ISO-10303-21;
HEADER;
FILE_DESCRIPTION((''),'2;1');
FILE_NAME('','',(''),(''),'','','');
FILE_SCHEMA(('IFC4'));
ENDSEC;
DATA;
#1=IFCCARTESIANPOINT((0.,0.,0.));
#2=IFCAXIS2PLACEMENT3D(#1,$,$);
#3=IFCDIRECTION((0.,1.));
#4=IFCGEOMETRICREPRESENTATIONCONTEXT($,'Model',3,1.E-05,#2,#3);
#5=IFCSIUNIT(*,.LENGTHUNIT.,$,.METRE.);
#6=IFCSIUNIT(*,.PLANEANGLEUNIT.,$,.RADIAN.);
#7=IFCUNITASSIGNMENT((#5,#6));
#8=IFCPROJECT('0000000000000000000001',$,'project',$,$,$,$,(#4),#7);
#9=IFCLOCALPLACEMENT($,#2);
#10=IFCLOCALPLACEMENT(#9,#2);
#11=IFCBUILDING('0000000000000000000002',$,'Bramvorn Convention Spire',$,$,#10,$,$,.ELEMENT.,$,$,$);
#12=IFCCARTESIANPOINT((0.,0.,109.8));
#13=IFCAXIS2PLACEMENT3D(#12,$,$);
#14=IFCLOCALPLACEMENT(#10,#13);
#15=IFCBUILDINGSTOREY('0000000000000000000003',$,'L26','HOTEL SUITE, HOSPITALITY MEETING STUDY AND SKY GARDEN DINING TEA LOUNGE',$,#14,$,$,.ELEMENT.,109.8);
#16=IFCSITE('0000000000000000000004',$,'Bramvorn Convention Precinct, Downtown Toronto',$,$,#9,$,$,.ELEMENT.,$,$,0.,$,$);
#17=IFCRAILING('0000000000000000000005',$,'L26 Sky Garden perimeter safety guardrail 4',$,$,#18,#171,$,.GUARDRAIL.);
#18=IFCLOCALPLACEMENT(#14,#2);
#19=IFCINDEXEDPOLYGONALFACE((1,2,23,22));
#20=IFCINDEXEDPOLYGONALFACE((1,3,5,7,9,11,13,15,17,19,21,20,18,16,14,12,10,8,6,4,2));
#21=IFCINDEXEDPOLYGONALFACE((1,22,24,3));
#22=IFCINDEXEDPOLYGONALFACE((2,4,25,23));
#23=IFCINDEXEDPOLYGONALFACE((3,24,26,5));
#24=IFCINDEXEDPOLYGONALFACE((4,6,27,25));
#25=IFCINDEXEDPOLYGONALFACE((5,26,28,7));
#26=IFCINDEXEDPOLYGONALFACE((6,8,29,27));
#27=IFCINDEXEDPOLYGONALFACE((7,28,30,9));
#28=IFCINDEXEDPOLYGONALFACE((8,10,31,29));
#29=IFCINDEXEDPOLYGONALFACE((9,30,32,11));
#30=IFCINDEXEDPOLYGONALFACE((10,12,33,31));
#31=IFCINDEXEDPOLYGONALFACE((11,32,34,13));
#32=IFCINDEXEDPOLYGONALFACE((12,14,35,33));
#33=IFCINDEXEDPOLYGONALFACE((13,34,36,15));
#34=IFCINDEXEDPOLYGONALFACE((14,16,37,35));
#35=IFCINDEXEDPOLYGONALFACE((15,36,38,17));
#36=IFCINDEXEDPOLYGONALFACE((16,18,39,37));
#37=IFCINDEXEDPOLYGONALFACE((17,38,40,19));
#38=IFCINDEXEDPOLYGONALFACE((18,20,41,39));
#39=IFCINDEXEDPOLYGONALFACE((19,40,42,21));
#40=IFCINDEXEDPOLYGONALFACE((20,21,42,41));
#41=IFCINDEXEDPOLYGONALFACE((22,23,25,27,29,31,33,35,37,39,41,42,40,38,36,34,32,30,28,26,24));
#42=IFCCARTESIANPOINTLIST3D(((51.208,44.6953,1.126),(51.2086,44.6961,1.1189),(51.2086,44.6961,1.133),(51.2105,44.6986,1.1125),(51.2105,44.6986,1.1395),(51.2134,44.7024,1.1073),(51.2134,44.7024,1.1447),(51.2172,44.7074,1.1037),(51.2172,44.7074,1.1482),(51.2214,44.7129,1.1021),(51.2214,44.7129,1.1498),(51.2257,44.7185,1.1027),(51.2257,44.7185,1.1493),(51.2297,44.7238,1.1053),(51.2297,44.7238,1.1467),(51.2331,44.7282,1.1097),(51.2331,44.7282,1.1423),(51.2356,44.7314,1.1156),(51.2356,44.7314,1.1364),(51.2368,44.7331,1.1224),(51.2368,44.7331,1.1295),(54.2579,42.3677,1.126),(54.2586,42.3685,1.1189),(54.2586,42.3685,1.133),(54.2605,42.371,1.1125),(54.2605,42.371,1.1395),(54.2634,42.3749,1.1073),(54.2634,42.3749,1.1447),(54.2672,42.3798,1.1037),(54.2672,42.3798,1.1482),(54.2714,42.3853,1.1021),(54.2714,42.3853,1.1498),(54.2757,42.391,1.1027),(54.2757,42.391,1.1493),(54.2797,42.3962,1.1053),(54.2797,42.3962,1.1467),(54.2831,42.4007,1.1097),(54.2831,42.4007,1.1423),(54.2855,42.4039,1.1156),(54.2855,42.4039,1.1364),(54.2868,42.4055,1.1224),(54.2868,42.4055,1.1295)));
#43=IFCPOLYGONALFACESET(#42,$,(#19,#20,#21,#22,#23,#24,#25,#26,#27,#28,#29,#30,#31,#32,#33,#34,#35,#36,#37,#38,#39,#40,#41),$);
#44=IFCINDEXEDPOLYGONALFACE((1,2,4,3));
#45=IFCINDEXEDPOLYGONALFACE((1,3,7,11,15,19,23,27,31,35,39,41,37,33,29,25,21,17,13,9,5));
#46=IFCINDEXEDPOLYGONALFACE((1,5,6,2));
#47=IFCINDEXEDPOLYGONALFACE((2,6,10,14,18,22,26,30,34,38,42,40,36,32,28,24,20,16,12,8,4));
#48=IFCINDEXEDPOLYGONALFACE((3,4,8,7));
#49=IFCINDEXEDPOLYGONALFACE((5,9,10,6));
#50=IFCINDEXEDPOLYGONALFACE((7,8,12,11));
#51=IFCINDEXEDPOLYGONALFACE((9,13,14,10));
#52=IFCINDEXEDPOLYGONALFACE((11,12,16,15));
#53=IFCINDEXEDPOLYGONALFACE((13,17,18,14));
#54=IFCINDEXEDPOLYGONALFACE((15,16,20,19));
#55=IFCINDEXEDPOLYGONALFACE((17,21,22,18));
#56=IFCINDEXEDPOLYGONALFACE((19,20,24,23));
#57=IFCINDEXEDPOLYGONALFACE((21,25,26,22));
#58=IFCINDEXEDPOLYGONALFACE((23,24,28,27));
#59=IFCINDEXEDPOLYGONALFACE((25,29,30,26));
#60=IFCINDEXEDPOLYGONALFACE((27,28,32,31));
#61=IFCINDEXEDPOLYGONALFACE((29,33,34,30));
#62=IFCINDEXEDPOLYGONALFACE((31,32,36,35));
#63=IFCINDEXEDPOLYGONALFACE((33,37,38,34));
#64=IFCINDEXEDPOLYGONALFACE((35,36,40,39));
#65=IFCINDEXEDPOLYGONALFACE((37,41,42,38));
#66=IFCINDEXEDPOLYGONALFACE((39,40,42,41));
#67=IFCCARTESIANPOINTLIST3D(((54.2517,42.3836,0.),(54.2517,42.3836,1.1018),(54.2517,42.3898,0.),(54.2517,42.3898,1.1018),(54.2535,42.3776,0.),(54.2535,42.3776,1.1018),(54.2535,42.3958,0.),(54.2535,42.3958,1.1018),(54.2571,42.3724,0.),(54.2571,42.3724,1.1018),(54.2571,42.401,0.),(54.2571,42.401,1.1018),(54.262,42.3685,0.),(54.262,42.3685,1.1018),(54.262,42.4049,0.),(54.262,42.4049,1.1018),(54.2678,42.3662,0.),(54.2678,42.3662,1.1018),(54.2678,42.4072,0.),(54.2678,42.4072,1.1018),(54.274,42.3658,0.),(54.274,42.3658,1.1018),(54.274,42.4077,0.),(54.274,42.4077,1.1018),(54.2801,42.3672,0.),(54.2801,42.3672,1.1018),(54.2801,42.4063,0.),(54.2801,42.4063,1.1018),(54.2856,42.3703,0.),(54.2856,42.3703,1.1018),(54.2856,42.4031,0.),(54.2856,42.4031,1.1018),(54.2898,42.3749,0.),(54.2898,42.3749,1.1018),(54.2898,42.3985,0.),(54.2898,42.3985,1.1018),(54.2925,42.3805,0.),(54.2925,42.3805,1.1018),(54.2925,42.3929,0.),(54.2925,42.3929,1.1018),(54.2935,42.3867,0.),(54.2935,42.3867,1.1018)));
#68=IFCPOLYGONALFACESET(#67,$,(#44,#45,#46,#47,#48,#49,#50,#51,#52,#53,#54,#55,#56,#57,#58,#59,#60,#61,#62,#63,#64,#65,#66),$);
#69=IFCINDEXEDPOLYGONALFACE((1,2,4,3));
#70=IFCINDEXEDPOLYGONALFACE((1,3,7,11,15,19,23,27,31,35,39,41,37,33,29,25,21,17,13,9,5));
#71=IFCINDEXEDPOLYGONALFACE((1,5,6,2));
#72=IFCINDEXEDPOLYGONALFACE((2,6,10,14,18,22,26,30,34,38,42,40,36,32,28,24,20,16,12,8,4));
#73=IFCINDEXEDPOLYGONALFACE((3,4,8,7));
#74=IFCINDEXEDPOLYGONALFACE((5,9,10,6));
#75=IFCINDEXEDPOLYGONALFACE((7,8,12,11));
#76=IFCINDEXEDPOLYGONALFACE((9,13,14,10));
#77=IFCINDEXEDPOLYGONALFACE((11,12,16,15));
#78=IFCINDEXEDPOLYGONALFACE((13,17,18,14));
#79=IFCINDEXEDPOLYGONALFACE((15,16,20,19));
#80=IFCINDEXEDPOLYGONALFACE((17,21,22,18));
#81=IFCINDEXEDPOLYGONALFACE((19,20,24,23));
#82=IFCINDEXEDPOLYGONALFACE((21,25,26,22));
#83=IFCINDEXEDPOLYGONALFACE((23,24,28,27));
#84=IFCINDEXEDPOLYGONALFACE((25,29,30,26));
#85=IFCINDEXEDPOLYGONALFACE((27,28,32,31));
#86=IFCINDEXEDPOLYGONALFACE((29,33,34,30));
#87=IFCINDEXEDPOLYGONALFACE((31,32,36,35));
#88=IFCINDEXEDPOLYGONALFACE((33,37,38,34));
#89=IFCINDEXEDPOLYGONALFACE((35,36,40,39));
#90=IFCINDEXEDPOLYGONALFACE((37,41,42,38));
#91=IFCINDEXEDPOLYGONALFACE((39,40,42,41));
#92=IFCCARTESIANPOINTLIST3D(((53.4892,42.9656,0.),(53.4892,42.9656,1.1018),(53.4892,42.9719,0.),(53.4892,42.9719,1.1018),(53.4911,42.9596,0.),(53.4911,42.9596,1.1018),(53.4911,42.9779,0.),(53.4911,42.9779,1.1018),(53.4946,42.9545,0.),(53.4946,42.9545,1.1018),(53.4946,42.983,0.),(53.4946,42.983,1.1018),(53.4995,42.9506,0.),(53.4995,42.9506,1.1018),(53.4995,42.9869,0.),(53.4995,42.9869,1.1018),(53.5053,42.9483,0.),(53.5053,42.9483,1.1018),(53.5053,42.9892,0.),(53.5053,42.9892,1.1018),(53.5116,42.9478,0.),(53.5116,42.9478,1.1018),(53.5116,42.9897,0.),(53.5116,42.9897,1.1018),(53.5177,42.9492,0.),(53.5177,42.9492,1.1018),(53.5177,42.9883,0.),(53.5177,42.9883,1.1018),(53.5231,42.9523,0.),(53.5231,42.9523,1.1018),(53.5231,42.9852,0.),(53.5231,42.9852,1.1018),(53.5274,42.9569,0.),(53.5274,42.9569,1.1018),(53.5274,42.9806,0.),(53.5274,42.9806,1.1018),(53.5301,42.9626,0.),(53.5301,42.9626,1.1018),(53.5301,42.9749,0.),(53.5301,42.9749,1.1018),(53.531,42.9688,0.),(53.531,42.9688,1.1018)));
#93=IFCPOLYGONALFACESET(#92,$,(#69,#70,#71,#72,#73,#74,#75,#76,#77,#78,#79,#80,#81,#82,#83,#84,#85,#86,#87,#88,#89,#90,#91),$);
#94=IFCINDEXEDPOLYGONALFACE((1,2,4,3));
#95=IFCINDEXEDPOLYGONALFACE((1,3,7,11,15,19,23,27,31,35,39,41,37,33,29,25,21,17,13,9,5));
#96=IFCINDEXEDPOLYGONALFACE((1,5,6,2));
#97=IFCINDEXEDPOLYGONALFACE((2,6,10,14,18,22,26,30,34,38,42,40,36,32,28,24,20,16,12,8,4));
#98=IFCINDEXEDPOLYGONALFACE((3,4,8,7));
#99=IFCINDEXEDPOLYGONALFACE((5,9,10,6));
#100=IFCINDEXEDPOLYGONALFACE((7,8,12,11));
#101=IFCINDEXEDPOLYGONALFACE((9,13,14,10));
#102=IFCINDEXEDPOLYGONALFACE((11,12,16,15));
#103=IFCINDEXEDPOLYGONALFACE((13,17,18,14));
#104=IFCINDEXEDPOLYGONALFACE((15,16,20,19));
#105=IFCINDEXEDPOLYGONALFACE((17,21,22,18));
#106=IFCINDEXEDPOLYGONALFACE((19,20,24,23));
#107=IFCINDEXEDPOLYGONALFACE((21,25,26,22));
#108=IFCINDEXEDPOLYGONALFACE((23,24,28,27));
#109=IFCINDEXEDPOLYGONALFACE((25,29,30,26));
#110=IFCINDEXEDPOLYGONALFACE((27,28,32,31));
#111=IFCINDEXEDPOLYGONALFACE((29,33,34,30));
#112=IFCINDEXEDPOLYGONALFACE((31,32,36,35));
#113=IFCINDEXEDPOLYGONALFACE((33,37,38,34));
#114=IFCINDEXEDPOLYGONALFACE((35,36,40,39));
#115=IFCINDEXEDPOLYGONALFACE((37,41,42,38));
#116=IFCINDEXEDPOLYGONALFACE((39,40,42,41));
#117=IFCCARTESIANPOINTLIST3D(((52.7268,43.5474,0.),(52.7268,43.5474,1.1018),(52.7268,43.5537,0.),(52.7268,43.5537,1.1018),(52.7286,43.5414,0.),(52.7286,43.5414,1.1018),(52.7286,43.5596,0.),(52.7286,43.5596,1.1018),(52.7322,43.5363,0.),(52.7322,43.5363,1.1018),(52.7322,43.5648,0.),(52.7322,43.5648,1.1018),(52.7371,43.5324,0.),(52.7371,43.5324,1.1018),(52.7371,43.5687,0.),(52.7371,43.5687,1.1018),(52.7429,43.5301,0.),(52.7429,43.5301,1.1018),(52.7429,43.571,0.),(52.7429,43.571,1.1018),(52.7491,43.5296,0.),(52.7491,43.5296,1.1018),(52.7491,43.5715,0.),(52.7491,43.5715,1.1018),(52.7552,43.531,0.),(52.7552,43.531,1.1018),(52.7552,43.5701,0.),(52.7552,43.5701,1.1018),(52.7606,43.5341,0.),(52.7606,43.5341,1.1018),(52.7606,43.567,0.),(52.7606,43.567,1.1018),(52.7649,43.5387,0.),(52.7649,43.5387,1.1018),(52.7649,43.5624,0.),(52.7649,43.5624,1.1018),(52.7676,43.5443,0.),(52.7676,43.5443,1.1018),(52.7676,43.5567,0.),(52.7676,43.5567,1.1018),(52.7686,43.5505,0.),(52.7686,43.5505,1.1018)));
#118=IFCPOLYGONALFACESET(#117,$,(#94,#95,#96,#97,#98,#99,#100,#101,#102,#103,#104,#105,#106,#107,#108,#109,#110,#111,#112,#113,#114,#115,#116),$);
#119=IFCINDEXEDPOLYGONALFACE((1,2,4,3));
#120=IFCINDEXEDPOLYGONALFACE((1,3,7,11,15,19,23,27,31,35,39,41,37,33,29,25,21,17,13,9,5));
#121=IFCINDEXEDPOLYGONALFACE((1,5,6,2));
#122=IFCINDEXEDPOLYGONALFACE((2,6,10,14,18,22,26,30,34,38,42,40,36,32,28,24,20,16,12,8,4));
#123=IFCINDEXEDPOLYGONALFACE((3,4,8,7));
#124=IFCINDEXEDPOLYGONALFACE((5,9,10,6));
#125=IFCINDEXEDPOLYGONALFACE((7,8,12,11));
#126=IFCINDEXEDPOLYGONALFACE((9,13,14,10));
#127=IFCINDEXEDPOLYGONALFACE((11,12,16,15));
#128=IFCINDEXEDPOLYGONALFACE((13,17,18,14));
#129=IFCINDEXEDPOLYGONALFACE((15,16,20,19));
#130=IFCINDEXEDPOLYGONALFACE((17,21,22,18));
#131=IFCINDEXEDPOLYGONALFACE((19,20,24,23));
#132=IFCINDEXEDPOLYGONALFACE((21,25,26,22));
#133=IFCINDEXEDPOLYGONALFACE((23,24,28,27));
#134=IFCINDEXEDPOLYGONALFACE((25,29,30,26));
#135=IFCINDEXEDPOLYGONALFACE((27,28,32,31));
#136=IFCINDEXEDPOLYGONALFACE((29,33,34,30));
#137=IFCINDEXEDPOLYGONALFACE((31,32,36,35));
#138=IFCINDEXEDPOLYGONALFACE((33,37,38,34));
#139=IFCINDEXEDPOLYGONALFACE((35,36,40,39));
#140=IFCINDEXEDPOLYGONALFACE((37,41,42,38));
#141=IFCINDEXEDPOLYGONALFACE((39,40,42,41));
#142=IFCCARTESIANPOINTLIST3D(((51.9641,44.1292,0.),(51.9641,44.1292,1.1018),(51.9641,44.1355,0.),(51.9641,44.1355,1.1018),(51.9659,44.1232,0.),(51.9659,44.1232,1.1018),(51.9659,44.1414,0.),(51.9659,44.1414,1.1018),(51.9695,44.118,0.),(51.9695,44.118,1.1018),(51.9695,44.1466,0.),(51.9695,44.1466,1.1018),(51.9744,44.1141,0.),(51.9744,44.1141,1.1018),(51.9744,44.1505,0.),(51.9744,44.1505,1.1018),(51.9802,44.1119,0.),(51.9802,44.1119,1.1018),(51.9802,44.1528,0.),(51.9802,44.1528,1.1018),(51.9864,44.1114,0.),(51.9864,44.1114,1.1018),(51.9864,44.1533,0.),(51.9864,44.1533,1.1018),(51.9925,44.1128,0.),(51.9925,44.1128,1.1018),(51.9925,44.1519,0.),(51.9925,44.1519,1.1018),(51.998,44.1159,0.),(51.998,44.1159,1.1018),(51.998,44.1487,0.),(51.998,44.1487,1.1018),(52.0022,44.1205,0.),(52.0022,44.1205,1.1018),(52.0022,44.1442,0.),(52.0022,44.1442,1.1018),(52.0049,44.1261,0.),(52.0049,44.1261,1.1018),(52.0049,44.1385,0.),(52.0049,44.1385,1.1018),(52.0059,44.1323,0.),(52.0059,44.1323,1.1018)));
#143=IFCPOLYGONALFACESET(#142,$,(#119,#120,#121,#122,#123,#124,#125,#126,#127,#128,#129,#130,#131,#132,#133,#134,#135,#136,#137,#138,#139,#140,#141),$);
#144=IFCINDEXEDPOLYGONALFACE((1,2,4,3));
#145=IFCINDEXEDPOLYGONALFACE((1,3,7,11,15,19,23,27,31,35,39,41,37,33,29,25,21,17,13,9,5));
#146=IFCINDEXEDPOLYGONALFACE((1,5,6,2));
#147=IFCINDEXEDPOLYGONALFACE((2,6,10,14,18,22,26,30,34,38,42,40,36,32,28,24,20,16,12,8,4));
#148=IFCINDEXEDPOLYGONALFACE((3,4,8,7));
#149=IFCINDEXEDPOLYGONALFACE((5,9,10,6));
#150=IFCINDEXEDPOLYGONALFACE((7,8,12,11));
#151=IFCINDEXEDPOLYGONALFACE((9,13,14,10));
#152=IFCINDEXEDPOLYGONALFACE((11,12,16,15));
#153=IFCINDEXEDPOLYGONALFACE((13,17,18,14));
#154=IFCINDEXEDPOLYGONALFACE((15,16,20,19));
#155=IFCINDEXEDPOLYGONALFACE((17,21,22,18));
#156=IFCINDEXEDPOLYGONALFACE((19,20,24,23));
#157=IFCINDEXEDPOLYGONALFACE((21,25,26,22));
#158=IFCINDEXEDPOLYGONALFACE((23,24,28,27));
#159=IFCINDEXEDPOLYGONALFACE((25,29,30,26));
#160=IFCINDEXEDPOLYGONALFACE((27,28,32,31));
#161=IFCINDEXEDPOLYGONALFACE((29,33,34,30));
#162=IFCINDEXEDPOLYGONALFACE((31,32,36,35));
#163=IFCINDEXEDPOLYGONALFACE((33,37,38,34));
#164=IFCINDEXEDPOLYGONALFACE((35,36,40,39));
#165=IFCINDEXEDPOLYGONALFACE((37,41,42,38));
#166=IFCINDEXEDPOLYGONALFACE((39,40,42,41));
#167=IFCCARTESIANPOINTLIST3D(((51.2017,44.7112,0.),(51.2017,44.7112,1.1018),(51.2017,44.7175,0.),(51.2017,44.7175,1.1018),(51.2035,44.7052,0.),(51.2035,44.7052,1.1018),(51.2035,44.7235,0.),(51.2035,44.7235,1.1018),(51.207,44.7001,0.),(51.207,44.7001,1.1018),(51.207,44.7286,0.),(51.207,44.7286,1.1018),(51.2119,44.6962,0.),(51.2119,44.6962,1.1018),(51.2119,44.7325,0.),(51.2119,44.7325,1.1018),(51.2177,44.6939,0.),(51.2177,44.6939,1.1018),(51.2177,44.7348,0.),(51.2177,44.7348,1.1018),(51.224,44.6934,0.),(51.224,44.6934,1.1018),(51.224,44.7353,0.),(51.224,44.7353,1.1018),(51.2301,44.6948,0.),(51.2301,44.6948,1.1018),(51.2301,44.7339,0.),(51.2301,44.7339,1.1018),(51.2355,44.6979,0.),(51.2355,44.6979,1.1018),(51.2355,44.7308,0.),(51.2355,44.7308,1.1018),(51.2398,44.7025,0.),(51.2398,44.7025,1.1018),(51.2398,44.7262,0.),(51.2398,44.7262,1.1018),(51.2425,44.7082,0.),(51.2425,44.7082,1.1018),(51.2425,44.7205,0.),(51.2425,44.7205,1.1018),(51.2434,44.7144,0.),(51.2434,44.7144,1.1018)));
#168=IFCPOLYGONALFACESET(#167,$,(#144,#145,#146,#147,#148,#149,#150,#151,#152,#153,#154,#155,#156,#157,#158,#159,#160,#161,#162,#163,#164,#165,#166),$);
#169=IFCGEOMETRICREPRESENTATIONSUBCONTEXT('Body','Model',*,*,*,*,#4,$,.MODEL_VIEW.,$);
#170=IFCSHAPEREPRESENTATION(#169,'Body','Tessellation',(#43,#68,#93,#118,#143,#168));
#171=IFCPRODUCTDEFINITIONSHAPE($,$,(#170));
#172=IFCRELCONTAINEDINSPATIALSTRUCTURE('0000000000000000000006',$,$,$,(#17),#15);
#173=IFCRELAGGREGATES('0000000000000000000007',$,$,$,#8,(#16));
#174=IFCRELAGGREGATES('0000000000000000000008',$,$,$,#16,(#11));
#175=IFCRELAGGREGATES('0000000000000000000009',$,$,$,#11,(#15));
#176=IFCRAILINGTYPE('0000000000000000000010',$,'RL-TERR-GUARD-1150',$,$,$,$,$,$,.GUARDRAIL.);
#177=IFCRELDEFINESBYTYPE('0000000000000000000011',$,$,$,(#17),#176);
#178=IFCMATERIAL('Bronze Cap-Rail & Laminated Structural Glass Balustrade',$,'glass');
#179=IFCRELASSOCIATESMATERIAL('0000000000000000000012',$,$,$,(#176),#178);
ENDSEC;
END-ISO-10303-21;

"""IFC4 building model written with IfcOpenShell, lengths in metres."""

from ifc_helpers import new_model, si_unit, direction, frame, origin, origin_2d, place, context, subcontext, project, spatial, circle, extrude, material, type_object, element, save


model = new_model("IFC4")

# Units and contexts
model_context = context("Model", 3, precision=1e-05, world=origin(), true_north=direction((0.0, 1.0)))
body_context = subcontext(model_context, "Body", "Model", "MODEL_VIEW")
ifc_project = project(units=[si_unit("LENGTHUNIT", "METRE"), si_unit("PLANEANGLEUNIT", "RADIAN")], contexts=[model_context])

# Site, building, storey
site_placement = place(None, origin())
site = spatial("IfcSite", under=ifc_project, at=site_placement, Name="Bramvorn Convention Precinct, Downtown Toronto", CompositionType="ELEMENT", RefElevation=0.0)
building_placement = place(site_placement, origin())
building = spatial("IfcBuilding", under=site, at=building_placement, Name="Bramvorn Convention Spire", CompositionType="ELEMENT")
storey_placement = place(building_placement, frame((0.0, 0.0, 109.8)))
storey = spatial("IfcBuildingStorey", under=building, at=storey_placement, Name="L26", Description="HOTEL SUITE, HOSPITALITY MEETING STUDY AND SKY GARDEN DINING TEA LOUNGE", CompositionType="ELEMENT", Elevation=109.8)

# Railing
ifc_material_1 = material(Name="Bronze Cap-Rail & Laminated Structural Glass Balustrade", Category="glass")
railing_type = type_object("IfcRailingType", Name="RL-TERR-GUARD-1150", PredefinedType="GUARDRAIL", material=ifc_material_1)
railing_1_placement = place(storey_placement, frame((54.2725, 42.3867, 0.0)))
element("IfcRailing", 1, at=railing_1_placement, inside=storey, type_object=railing_type, Name="L26 Sky Garden perimeter safety guardrail 4", PredefinedType="GUARDRAIL", context=body_context, shape_type="SweptSolid", body=[
    extrude(circle(Radius=0.0239, at=origin_2d()), frame((0.0, 0.0, 1.126), z_axis=(-0.794955, 0.606668, 0.0), x_axis=(-0.606668, -0.794955, 0.0)), (0.0, 0.0, 1.0), 3.8367),
    extrude(circle(Radius=0.021, at=origin_2d()), origin(), (0.0, 0.0, 1.0), 1.1018),
    extrude(circle(Radius=0.021, at=origin_2d()), frame((-0.7625, 0.582, 0.0)), (0.0, 0.0, 1.0), 1.1018),
    extrude(circle(Radius=0.021, at=origin_2d()), frame((-1.5249, 1.1638, 0.0)), (0.0, 0.0, 1.0), 1.1018),
    extrude(circle(Radius=0.021, at=origin_2d()), frame((-2.2876, 1.7456, 0.0)), (0.0, 0.0, 1.0), 1.1018),
    extrude(circle(Radius=0.021, at=origin_2d()), frame((-3.05, 2.3276, 0.0)), (0.0, 0.0, 1.0), 1.1018),
])

save(model, "model.ifc")
